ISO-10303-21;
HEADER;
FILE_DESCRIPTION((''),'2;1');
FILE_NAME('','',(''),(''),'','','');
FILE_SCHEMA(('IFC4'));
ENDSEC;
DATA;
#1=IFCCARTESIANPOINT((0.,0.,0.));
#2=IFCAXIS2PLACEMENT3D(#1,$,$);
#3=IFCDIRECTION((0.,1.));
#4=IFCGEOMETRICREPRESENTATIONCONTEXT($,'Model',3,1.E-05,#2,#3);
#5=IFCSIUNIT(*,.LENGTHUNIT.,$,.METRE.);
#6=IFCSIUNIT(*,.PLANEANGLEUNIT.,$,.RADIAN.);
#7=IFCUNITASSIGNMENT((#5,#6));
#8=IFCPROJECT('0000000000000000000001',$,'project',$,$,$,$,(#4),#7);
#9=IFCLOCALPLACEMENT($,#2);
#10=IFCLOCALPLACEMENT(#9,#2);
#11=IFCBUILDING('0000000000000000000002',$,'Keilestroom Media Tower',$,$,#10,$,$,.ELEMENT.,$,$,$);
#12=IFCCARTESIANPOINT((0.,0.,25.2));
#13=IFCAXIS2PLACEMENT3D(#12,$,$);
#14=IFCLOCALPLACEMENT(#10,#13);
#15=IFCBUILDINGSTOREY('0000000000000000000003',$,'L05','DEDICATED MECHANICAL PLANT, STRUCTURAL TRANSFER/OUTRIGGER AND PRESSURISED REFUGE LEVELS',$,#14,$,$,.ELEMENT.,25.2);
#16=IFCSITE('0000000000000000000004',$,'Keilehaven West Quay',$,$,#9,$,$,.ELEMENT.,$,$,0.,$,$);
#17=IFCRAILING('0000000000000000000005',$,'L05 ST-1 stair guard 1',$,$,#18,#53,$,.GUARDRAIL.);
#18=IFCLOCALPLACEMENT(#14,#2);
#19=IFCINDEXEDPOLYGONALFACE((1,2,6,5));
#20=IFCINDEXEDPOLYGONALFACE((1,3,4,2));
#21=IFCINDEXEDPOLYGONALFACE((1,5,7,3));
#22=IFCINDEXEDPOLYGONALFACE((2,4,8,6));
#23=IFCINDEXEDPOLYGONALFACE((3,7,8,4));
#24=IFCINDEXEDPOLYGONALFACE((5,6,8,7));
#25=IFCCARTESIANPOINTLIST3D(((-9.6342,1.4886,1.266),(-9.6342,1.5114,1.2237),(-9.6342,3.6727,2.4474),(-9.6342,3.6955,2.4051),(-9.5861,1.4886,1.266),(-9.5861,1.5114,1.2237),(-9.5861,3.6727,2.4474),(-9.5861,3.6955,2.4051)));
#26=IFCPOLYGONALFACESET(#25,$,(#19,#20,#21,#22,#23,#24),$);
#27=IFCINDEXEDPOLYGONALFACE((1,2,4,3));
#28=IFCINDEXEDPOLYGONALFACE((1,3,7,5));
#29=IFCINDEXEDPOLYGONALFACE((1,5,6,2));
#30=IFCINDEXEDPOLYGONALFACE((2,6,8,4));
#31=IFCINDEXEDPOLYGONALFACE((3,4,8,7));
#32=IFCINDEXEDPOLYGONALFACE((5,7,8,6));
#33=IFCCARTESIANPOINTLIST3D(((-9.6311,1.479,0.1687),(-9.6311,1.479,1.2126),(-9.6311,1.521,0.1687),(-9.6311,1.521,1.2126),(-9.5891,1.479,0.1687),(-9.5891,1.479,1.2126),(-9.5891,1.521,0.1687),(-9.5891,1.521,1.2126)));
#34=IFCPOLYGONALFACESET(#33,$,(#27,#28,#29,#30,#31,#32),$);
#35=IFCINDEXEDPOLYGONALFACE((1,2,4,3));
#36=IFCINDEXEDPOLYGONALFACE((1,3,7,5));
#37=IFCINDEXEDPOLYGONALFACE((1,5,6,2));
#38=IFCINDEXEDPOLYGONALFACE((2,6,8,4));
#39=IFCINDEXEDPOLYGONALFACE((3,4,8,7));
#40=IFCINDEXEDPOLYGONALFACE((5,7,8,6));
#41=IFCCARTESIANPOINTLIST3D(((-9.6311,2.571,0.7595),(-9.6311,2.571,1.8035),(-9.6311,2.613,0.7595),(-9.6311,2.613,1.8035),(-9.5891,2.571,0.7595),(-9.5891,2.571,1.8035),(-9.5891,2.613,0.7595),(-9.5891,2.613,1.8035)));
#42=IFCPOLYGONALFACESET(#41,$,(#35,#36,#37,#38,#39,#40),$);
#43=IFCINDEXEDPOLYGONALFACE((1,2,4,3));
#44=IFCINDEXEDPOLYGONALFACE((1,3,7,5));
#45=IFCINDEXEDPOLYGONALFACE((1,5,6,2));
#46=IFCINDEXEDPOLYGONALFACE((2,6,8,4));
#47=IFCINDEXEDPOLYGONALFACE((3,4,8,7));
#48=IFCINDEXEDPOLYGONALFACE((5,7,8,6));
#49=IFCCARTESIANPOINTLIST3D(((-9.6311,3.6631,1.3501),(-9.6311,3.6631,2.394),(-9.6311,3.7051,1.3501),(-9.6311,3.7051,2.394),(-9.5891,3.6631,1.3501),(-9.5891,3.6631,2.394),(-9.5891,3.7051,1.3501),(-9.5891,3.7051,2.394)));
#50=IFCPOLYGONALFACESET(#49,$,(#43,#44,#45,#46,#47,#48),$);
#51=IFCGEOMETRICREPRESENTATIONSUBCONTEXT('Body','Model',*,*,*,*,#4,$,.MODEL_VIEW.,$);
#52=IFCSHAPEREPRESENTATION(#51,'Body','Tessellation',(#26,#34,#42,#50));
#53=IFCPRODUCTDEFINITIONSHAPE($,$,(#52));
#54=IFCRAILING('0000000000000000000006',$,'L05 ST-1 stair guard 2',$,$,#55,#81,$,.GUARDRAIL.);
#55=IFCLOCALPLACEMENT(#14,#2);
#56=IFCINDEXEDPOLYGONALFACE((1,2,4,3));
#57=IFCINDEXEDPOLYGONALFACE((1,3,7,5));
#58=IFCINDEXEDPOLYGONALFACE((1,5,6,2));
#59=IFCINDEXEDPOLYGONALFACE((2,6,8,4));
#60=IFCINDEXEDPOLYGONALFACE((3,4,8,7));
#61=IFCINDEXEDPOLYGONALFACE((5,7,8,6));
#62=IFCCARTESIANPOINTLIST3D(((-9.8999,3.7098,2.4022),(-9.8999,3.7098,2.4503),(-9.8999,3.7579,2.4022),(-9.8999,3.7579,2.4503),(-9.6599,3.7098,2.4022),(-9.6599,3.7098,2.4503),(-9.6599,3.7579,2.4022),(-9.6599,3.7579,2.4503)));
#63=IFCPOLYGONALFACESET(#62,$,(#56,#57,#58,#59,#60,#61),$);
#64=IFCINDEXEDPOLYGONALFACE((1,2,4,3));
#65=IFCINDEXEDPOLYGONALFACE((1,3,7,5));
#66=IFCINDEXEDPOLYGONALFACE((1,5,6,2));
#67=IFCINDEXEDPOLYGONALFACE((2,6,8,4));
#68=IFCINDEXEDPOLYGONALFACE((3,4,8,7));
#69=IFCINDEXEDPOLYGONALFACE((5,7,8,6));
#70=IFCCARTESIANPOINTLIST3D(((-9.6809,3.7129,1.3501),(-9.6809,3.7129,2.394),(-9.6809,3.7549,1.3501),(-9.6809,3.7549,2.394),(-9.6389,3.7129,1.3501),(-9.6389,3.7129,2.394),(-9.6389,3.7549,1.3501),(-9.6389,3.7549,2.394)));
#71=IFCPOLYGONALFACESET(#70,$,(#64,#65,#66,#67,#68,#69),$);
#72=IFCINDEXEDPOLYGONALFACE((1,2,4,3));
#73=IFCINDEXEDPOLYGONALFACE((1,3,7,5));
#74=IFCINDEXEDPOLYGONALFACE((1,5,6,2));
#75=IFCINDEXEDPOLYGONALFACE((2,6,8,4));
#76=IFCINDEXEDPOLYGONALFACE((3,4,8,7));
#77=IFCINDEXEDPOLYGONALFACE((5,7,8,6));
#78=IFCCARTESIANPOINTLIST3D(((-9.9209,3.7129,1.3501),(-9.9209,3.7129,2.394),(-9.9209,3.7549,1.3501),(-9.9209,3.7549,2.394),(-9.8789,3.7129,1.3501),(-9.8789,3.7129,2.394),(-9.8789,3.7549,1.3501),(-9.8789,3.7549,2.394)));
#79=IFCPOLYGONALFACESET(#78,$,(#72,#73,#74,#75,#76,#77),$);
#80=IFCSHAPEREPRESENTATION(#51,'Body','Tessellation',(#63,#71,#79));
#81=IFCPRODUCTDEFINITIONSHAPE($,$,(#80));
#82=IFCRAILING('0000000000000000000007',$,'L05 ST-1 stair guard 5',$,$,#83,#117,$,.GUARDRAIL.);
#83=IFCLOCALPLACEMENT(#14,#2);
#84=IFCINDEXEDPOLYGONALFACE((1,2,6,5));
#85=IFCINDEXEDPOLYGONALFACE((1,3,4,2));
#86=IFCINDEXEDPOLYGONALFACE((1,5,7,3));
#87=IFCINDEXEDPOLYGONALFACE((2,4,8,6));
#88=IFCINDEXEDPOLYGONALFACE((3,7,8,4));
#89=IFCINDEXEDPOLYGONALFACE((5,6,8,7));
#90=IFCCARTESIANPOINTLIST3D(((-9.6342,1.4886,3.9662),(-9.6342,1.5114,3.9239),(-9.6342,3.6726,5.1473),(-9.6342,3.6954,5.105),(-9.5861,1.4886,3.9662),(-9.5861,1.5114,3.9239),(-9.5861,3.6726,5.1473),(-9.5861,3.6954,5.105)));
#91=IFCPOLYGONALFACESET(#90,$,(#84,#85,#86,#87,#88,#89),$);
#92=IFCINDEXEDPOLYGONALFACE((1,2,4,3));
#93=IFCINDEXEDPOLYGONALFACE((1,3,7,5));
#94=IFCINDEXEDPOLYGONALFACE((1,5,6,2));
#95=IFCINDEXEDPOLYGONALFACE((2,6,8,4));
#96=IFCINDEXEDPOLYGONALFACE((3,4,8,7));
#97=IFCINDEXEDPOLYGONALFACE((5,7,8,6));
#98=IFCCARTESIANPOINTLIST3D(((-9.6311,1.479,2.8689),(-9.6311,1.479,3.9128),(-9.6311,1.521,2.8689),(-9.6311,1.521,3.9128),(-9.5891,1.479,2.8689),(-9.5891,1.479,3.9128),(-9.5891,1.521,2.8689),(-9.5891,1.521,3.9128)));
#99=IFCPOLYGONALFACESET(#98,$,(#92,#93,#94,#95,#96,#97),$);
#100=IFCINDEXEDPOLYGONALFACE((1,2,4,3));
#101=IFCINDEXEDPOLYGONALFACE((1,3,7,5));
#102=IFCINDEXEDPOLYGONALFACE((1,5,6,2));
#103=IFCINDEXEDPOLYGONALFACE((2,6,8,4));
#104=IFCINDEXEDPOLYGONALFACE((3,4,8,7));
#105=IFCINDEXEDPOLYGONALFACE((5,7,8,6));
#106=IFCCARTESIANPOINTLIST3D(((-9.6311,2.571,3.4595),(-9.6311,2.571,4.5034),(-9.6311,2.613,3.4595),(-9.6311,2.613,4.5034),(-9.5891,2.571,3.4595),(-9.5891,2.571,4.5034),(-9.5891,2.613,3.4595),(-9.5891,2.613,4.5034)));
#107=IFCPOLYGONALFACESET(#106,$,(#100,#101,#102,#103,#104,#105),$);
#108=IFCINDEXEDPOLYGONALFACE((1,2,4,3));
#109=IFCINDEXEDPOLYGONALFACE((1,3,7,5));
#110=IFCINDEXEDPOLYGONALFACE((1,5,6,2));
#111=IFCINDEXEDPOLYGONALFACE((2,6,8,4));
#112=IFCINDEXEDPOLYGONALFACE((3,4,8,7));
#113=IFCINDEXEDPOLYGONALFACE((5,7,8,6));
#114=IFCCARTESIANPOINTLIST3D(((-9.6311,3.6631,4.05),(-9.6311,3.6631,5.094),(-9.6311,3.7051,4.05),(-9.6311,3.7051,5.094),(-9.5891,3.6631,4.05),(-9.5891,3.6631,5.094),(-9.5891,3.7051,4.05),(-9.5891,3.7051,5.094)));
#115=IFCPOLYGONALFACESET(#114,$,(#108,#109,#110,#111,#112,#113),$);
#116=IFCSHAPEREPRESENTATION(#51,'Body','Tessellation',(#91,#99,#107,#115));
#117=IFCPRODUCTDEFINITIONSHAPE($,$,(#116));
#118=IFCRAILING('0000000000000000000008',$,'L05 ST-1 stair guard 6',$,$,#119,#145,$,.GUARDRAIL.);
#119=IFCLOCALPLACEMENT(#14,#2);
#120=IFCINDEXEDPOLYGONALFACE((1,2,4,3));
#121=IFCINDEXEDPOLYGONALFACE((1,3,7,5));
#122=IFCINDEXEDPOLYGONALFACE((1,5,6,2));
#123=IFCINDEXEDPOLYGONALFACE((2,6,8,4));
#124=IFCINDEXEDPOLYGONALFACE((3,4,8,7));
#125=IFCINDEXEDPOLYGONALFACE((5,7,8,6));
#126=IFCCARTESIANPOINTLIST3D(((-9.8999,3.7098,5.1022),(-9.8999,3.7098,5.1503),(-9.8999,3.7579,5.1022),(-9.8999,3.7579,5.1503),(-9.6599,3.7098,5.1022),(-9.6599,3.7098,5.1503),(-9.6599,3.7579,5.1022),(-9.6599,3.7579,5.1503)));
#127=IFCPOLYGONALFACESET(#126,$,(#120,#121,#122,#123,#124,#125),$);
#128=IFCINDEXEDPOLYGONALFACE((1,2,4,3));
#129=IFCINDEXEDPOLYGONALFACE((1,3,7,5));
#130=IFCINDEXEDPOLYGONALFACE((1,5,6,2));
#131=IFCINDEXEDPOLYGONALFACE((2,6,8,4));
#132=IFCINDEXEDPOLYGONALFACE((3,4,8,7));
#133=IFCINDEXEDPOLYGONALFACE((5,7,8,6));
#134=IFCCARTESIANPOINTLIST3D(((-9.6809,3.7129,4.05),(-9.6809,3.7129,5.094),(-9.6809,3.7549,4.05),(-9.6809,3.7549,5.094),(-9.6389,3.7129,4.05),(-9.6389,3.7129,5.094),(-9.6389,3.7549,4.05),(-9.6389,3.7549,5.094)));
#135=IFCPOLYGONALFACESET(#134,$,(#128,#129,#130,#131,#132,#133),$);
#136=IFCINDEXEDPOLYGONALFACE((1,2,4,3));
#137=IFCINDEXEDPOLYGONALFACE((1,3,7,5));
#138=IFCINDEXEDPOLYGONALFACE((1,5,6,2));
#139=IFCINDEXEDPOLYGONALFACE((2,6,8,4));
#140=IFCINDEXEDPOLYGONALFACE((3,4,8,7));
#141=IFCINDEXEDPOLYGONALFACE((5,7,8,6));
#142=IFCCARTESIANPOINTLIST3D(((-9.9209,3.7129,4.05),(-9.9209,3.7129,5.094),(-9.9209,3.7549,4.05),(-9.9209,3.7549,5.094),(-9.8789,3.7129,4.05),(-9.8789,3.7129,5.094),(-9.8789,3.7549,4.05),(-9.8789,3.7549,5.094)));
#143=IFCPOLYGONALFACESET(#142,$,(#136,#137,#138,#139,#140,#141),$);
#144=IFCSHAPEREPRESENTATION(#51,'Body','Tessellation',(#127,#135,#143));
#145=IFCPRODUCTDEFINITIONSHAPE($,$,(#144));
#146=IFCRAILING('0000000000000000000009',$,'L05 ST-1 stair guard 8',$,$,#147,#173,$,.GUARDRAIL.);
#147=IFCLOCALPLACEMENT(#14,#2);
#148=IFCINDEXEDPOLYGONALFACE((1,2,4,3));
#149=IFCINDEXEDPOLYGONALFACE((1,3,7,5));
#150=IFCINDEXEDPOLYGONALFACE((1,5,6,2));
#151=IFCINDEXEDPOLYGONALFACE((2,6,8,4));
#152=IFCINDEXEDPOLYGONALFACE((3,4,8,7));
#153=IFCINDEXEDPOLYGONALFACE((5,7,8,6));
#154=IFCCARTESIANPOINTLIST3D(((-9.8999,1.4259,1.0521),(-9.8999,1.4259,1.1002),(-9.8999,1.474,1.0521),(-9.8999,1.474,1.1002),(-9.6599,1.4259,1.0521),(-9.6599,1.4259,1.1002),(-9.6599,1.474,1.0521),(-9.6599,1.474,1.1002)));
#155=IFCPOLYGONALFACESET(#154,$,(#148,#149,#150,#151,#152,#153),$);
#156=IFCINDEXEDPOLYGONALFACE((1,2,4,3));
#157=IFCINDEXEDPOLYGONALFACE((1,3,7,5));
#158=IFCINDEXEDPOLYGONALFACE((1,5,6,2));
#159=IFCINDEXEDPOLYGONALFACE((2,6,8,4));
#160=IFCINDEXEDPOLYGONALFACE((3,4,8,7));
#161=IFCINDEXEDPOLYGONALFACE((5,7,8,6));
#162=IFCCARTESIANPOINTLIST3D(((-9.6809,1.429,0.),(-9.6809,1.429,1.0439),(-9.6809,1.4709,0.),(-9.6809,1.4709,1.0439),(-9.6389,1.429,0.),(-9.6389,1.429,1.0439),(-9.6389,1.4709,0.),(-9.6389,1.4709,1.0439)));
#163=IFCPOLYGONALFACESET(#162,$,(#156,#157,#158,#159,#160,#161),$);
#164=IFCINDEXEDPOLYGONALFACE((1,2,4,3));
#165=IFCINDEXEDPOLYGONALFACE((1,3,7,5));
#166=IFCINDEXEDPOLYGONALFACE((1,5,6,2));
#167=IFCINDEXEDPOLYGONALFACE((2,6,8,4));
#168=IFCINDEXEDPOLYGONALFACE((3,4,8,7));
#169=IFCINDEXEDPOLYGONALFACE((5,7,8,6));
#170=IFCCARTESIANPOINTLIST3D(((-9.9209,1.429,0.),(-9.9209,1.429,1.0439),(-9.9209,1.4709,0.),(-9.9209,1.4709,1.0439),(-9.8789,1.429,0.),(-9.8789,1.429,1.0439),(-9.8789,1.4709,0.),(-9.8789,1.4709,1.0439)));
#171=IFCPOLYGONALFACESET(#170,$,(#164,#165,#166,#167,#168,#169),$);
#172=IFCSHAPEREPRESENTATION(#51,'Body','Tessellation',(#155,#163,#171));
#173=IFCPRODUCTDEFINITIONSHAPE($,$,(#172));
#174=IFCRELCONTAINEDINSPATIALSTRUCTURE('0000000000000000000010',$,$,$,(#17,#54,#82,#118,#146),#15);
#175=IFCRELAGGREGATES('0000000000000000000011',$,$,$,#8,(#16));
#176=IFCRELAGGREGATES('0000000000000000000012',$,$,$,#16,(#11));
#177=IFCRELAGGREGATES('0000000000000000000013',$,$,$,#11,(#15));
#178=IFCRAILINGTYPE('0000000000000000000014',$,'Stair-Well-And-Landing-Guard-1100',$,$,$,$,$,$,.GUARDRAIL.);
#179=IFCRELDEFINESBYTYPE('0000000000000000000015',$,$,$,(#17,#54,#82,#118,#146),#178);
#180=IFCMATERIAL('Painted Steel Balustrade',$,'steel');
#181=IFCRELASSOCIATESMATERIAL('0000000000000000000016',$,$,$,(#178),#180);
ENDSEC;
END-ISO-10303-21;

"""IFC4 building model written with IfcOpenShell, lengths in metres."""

from ifc_helpers import new_model, si_unit, direction, frame, origin, origin_2d, place, context, subcontext, project, spatial, rectangle, extrude, material, type_object, element, save


model = new_model("IFC4")

# Units and contexts
model_context = context("Model", 3, precision=1e-05, world=origin(), true_north=direction((0.0, 1.0)))
body_context = subcontext(model_context, "Body", "Model", "MODEL_VIEW")
ifc_project = project(units=[si_unit("LENGTHUNIT", "METRE"), si_unit("PLANEANGLEUNIT", "RADIAN")], contexts=[model_context])

# Site, building, storey
site_placement = place(None, origin())
site = spatial("IfcSite", under=ifc_project, at=site_placement, Name="Keilehaven West Quay", CompositionType="ELEMENT", RefElevation=0.0)
building_placement = place(site_placement, origin())
building = spatial("IfcBuilding", under=site, at=building_placement, Name="Keilestroom Media Tower", CompositionType="ELEMENT")
storey_placement = place(building_placement, frame((0.0, 0.0, 25.2)))
storey = spatial("IfcBuildingStorey", under=building, at=storey_placement, Name="L05", Description="DEDICATED MECHANICAL PLANT, STRUCTURAL TRANSFER/OUTRIGGER AND PRESSURISED REFUGE LEVELS", CompositionType="ELEMENT", Elevation=25.2)

# Railings
ifc_material_1 = material(Name="Painted Steel Balustrade", Category="steel")
railing_type_1 = type_object("IfcRailingType", Name="Stair-Well-And-Landing-Guard-1100", PredefinedType="GUARDRAIL", material=ifc_material_1)
railing_1_placement = place(storey_placement, frame((-9.6101, 1.5, 0.1687)))
element("IfcRailing", 1, at=railing_1_placement, inside=storey, type_object=railing_type_1, Name="L05 ST-1 stair guard 1", PredefinedType="GUARDRAIL", context=body_context, shape_type="SweptSolid", body=[
    extrude(rectangle(XDim=0.0481, YDim=0.0481, at=origin_2d()), frame((0.0, 0.0, 1.0762), z_axis=(0.0, 0.87957, 0.47577), x_axis=(-1.0, 0.0, 0.0)), (0.0, 0.0, 1.0), 2.4832),
    extrude(rectangle(XDim=0.042, YDim=0.042, at=origin_2d()), origin(), (0.0, 0.0, 1.0), 1.0439),
    extrude(rectangle(XDim=0.042, YDim=0.042, at=origin_2d()), frame((0.0, 1.092, 0.5908)), (0.0, 0.0, 1.0), 1.0439),
    extrude(rectangle(XDim=0.042, YDim=0.042, at=origin_2d()), frame((0.0, 2.1841, 1.1814)), (0.0, 0.0, 1.0), 1.0439),
])
railing_2_placement = place(storey_placement, frame((-9.6599, 3.7339, 1.3501)))
element("IfcRailing", 2, at=railing_2_placement, inside=storey, type_object=railing_type_1, Name="L05 ST-1 stair guard 2", PredefinedType="GUARDRAIL", context=body_context, shape_type="SweptSolid", body=[
    extrude(rectangle(XDim=0.0481, YDim=0.0481, at=origin_2d()), frame((0.0, 0.0, 1.0762), z_axis=(-1.0, 0.0, 0.0), x_axis=(0.0, -1.0, 0.0)), (0.0, 0.0, 1.0), 0.24),
    extrude(rectangle(XDim=0.042, YDim=0.042, at=origin_2d()), origin(), (0.0, 0.0, 1.0), 1.0439),
    extrude(rectangle(XDim=0.042, YDim=0.042, at=origin_2d()), frame((-0.24, 0.0, 0.0)), (0.0, 0.0, 1.0), 1.0439),
])
railing_3_placement = place(storey_placement, frame((-9.6101, 1.5, 2.8689)))
element("IfcRailing", 3, at=railing_3_placement, inside=storey, type_object=railing_type_1, Name="L05 ST-1 stair guard 5", PredefinedType="GUARDRAIL", context=body_context, shape_type="SweptSolid", body=[
    extrude(rectangle(XDim=0.0481, YDim=0.0481, at=origin_2d()), frame((0.0, 0.0, 1.0762), z_axis=(0.0, 0.879611, 0.475694), x_axis=(-1.0, 0.0, 0.0)), (0.0, 0.0, 1.0), 2.4829),
    extrude(rectangle(XDim=0.042, YDim=0.042, at=origin_2d()), origin(), (0.0, 0.0, 1.0), 1.0439),
    extrude(rectangle(XDim=0.042, YDim=0.042, at=origin_2d()), frame((0.0, 1.092, 0.5906)), (0.0, 0.0, 1.0), 1.0439),
    extrude(rectangle(XDim=0.042, YDim=0.042, at=origin_2d()), frame((0.0, 2.1841, 1.1812)), (0.0, 0.0, 1.0), 1.0439),
])
for number, where, name in (
    (4, (-9.6599, 3.7339, 4.05), "L05 ST-1 stair guard 6"),
    (5, (-9.6599, 1.45, 0.0), "L05 ST-1 stair guard 8"),
):
    element("IfcRailing", number, at=place(storey_placement, frame(where)), inside=storey, type_object=railing_type_1, Name=name, PredefinedType="GUARDRAIL", context=body_context, shape_type="SweptSolid", body=[
        extrude(rectangle(XDim=0.0481, YDim=0.0481, at=origin_2d()), frame((0.0, 0.0, 1.0762), z_axis=(-1.0, 0.0, 0.0), x_axis=(0.0, -1.0, 0.0)), (0.0, 0.0, 1.0), 0.24),
        extrude(rectangle(XDim=0.042, YDim=0.042, at=origin_2d()), origin(), (0.0, 0.0, 1.0), 1.0439),
        extrude(rectangle(XDim=0.042, YDim=0.042, at=origin_2d()), frame((-0.24, 0.0, 0.0)), (0.0, 0.0, 1.0), 1.0439),
    ])

save(model, "model.ifc")
